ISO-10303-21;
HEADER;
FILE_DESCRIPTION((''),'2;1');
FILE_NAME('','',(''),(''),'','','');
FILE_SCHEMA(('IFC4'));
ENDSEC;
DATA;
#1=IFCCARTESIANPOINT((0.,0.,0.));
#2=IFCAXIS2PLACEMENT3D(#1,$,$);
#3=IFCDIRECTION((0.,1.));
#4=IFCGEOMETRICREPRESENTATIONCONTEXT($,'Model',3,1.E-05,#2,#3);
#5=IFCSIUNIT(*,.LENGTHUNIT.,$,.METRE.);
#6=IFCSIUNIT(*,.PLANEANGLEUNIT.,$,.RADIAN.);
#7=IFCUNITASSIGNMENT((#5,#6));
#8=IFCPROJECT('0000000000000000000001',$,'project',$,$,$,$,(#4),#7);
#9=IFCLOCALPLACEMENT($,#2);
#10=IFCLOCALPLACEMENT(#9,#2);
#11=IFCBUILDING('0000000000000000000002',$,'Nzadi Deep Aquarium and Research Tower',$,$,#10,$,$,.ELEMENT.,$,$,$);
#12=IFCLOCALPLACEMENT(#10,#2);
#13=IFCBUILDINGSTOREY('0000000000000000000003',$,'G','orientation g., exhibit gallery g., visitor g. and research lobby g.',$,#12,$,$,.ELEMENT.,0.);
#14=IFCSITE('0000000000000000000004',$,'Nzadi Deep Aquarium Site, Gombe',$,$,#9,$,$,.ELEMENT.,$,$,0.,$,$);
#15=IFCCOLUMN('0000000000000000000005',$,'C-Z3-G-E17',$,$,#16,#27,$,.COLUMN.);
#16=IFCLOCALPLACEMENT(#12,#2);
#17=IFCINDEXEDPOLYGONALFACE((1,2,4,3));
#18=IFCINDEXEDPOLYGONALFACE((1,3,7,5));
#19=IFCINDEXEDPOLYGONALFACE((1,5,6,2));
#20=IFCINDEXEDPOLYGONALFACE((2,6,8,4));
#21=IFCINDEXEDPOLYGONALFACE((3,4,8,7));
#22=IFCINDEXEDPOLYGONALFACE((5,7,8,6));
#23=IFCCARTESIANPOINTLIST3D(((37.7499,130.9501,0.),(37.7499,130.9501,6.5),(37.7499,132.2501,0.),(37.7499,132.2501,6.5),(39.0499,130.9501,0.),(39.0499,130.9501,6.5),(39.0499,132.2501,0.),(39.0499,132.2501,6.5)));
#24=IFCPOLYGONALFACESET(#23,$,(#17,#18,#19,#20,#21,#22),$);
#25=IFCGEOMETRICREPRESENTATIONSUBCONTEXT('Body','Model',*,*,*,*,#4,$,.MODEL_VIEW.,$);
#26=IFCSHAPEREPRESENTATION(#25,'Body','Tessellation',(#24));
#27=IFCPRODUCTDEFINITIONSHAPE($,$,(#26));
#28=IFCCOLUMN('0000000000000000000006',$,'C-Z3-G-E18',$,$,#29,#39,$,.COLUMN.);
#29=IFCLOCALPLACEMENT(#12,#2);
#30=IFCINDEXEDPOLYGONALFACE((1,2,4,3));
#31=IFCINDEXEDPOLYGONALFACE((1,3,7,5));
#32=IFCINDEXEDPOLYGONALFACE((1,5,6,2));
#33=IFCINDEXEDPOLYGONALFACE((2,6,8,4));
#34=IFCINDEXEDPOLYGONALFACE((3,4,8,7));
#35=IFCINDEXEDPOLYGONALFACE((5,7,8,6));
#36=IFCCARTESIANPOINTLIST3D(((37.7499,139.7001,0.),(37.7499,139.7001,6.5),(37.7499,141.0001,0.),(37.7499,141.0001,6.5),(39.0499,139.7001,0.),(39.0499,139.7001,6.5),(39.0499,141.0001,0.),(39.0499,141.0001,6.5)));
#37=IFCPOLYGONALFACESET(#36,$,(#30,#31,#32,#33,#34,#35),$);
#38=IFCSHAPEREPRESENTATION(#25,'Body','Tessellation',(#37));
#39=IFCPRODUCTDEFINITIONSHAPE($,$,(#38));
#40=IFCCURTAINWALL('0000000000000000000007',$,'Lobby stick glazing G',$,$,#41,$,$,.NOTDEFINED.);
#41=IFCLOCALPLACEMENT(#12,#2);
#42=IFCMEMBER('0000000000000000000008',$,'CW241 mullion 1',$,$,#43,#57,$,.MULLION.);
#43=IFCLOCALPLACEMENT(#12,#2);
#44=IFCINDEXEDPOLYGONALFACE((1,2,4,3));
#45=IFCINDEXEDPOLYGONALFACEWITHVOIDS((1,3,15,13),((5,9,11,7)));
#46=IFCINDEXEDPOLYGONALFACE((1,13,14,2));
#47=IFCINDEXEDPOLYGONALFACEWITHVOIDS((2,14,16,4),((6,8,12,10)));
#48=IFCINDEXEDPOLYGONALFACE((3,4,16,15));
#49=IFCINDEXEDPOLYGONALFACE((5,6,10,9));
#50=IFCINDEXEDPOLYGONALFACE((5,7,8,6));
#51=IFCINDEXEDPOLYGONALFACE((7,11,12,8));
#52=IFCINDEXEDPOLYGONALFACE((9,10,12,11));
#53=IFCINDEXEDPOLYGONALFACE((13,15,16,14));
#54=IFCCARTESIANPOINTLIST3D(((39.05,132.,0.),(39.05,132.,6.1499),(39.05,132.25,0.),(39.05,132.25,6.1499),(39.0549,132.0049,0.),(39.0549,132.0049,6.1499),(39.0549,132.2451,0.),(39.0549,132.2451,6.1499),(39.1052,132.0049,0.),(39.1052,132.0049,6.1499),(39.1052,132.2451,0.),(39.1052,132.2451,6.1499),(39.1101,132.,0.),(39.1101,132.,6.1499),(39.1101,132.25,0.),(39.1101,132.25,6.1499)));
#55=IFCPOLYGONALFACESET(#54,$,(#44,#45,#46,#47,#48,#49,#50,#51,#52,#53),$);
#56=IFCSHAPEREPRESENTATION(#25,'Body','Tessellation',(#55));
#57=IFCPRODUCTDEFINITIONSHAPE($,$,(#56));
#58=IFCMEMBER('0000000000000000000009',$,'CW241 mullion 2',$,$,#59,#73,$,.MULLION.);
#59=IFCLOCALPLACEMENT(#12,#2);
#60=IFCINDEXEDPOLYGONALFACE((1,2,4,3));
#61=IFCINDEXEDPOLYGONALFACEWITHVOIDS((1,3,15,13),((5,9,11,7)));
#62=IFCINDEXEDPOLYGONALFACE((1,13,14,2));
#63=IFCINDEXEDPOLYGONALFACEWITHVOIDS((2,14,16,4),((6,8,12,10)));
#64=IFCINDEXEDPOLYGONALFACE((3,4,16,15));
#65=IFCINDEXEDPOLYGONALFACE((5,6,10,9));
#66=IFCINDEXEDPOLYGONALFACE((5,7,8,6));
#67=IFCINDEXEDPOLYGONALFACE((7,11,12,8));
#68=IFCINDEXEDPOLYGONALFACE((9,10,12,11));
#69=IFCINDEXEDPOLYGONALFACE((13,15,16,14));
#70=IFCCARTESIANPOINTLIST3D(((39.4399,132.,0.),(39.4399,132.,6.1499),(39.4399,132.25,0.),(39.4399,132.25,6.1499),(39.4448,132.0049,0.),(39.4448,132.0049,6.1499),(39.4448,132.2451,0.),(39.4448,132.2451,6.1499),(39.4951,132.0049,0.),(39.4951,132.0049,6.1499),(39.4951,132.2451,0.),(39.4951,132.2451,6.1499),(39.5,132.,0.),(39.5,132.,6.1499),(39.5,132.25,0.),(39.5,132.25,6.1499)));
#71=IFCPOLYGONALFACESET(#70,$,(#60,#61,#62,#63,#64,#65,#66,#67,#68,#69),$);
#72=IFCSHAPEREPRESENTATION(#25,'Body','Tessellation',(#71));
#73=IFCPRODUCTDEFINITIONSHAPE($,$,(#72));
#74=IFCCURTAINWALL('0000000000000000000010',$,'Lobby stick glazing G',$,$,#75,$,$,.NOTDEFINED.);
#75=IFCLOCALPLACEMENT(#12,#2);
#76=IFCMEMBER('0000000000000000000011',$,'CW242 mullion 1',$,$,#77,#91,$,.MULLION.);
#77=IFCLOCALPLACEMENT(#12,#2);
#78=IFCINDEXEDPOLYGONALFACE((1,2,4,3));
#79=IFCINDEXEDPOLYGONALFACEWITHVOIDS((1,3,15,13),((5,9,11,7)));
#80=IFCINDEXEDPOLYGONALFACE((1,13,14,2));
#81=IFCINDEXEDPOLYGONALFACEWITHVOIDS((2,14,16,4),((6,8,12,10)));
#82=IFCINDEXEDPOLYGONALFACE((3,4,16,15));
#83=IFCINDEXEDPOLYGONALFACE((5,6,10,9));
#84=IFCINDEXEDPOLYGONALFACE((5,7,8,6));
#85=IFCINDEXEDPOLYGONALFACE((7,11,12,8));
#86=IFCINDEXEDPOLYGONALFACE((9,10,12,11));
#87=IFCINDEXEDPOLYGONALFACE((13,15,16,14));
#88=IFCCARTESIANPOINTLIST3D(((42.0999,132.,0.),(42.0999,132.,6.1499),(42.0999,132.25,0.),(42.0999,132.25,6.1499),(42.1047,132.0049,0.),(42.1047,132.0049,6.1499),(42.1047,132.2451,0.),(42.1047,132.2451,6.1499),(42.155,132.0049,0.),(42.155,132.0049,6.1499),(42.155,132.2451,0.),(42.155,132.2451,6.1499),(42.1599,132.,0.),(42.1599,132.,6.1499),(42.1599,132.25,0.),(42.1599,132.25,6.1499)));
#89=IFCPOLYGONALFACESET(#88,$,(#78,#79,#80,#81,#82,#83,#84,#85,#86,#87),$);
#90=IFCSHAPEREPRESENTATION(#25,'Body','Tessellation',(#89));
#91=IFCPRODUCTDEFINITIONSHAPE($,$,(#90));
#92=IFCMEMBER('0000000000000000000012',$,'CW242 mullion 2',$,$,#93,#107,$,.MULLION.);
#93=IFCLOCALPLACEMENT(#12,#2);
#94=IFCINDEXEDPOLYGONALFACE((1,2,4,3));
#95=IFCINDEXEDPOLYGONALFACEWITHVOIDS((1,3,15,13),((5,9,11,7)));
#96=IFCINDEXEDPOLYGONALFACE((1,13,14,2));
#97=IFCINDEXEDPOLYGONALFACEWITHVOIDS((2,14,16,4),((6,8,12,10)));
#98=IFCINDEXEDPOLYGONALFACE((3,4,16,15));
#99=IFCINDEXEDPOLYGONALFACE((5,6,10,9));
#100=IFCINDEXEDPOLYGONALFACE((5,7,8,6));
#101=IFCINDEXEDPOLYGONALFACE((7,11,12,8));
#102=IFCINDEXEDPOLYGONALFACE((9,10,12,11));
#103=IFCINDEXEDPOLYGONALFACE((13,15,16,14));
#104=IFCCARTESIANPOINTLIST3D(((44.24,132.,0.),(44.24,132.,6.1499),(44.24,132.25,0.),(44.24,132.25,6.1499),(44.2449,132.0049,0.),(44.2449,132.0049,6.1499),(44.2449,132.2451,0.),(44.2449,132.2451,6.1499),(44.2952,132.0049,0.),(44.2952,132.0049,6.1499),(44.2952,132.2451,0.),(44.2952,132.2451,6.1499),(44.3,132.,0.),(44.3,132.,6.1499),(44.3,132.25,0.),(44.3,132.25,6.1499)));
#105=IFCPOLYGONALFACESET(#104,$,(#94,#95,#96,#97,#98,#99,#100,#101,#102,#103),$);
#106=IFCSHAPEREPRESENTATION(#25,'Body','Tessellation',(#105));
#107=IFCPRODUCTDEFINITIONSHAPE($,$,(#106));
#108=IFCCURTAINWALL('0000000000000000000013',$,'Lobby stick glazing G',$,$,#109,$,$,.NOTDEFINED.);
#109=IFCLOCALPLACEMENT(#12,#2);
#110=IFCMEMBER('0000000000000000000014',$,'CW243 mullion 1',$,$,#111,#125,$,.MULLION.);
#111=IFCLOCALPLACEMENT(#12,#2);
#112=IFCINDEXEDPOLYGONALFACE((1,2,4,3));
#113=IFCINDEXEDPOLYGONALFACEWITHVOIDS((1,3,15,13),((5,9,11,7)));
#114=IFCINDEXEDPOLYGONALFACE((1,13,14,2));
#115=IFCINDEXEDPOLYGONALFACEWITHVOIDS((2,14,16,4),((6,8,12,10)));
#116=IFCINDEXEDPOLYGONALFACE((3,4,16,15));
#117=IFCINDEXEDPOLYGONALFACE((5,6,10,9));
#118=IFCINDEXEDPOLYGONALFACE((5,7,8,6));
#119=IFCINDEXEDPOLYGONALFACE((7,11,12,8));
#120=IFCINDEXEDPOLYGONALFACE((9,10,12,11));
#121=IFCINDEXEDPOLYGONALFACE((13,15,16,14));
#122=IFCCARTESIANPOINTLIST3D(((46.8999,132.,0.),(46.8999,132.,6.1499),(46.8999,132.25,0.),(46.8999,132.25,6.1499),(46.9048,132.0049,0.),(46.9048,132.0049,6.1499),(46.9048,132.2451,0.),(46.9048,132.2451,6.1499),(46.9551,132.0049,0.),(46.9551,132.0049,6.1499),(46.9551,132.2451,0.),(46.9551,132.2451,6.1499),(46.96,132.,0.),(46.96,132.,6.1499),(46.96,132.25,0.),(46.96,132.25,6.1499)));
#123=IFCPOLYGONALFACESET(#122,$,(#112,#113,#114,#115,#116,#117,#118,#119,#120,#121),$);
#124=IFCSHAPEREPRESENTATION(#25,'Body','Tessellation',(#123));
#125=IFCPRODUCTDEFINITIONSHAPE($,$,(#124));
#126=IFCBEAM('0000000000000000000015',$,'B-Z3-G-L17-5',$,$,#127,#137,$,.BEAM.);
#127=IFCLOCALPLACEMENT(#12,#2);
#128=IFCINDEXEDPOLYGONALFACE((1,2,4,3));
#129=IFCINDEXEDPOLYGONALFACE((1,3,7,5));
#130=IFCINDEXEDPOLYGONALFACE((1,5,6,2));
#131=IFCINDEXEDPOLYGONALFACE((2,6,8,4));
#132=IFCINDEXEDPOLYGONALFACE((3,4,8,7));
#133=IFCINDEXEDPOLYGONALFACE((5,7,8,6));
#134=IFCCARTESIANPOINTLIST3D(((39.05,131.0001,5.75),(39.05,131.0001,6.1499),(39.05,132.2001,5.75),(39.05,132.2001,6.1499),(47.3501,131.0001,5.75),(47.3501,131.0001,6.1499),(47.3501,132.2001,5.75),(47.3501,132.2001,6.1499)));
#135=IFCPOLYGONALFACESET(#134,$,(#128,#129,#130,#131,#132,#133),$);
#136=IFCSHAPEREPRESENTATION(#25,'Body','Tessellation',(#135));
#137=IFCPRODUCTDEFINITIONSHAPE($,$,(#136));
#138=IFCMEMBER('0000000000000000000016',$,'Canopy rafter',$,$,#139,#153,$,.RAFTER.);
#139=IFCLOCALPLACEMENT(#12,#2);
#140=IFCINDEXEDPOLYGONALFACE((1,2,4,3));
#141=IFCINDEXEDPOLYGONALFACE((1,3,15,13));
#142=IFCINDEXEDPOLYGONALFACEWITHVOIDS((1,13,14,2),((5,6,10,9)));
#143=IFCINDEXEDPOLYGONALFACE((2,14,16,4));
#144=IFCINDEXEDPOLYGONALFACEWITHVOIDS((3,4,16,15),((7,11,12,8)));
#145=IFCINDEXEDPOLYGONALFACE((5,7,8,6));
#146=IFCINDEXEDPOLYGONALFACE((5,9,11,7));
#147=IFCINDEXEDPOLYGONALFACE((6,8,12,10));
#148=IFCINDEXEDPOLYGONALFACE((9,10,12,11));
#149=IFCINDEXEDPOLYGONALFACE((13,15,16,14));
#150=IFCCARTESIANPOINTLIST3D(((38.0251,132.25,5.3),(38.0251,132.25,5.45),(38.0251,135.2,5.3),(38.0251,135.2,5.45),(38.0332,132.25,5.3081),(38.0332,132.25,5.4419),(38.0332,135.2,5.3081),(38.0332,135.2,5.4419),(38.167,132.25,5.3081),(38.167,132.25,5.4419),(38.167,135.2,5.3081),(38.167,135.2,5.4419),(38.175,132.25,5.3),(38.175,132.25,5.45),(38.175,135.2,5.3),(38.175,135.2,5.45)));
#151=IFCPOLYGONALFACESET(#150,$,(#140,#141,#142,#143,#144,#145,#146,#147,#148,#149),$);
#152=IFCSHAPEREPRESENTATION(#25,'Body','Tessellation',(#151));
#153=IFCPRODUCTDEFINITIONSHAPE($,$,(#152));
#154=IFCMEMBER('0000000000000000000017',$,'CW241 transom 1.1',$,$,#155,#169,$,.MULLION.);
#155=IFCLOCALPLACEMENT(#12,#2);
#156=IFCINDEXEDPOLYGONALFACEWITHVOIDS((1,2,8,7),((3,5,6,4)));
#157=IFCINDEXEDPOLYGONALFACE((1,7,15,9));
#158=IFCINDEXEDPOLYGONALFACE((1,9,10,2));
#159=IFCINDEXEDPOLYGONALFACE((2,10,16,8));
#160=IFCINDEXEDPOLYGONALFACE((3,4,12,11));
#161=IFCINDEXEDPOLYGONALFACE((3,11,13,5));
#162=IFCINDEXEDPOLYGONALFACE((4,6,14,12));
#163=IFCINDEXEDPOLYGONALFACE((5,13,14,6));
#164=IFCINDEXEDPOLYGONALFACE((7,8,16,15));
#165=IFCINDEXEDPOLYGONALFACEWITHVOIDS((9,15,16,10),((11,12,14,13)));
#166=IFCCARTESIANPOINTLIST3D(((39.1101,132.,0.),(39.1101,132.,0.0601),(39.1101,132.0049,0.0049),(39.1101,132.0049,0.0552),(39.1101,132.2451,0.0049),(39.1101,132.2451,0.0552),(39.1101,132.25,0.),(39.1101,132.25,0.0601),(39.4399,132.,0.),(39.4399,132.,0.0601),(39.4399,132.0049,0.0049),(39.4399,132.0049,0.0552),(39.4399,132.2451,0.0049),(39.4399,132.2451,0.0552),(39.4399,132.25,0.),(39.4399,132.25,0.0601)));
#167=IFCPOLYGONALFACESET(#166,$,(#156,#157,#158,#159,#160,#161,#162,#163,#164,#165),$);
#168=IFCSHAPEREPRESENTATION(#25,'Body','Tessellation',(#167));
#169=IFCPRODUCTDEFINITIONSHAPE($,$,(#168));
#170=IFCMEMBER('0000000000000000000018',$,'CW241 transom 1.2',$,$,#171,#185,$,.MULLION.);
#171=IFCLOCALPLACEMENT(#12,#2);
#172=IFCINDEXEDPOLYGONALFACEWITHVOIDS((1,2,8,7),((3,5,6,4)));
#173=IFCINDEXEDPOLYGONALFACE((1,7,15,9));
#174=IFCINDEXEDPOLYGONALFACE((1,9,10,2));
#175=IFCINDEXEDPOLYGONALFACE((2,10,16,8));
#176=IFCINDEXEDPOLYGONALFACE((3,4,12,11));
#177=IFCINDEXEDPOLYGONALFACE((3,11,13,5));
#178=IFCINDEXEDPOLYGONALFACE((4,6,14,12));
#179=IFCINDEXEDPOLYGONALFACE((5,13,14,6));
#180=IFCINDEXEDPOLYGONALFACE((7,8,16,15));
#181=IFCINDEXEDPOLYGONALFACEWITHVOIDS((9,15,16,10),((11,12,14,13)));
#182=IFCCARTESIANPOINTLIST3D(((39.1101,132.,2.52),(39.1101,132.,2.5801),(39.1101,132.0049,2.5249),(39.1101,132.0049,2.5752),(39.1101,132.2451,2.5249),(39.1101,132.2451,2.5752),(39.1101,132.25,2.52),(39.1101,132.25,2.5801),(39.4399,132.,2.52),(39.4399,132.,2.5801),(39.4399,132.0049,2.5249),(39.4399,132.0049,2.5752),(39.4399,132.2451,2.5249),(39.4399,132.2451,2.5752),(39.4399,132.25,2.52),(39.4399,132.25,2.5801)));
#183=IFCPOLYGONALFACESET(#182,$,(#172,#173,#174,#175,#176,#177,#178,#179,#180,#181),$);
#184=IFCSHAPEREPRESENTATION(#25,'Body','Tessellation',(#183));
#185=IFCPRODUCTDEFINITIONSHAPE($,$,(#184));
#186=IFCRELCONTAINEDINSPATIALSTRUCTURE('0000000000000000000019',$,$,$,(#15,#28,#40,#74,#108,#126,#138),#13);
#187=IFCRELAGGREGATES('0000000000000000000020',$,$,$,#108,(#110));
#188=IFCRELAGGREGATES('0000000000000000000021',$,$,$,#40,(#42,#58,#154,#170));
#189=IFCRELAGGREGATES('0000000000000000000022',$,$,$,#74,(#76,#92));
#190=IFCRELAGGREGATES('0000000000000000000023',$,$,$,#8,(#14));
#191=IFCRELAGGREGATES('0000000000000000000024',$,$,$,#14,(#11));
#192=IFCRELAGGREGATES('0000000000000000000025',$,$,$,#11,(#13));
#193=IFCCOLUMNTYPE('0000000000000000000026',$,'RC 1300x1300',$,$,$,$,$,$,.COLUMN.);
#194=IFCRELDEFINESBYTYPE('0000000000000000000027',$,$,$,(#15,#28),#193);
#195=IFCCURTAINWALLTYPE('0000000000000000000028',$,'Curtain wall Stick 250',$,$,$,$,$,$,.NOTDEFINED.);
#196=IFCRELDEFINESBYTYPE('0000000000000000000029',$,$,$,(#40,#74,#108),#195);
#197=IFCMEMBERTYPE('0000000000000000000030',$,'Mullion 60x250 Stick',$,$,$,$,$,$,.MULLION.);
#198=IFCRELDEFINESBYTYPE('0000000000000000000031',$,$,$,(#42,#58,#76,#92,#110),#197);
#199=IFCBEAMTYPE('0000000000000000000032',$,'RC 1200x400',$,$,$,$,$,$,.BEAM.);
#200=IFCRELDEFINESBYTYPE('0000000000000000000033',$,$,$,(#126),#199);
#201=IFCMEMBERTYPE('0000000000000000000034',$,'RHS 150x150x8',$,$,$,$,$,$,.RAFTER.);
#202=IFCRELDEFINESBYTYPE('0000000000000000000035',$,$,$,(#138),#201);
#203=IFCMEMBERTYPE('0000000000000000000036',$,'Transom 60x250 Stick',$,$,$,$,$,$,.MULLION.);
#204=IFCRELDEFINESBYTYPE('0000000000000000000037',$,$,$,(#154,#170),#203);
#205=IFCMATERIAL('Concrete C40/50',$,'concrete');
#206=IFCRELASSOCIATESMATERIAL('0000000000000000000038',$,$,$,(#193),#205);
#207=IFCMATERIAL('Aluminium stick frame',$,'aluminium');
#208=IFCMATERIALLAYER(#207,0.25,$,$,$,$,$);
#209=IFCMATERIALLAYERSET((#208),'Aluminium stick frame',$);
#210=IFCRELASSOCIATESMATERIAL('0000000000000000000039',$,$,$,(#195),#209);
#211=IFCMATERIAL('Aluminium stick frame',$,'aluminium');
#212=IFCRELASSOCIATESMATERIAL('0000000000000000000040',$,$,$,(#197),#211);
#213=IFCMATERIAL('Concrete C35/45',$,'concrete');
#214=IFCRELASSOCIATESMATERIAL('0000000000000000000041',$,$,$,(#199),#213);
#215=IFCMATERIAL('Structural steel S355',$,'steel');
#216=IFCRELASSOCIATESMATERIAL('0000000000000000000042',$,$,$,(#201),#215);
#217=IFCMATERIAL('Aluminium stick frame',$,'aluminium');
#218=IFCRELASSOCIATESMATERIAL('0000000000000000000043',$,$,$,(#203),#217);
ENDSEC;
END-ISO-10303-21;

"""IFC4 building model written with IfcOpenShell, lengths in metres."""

from ifc_helpers import new_model, si_unit, direction, frame, origin, origin_2d, place, context, subcontext, project, spatial, rectangle, hollow_rectangle, extrude, material, layer, layer_set, material_profile, profile_set, type_object, element, aggregate, save


model = new_model("IFC4")

# Units and contexts
model_context = context("Model", 3, precision=1e-05, world=origin(), true_north=direction((0.0, 1.0)))
body_context = subcontext(model_context, "Body", "Model", "MODEL_VIEW")
ifc_project = project(units=[si_unit("LENGTHUNIT", "METRE"), si_unit("PLANEANGLEUNIT", "RADIAN")], contexts=[model_context])

# Site, building, storey
site_placement = place(None, origin())
site = spatial("IfcSite", under=ifc_project, at=site_placement, Name="Nzadi Deep Aquarium Site, Gombe", CompositionType="ELEMENT", RefElevation=0.0)
building_placement = place(site_placement, origin())
building = spatial("IfcBuilding", under=site, at=building_placement, Name="Nzadi Deep Aquarium and Research Tower", CompositionType="ELEMENT")
storey_placement = place(building_placement, origin())
storey = spatial("IfcBuildingStorey", under=building, at=storey_placement, Name="G", Description="orientation g., exhibit gallery g., visitor g. and research lobby g.", CompositionType="ELEMENT", Elevation=0.0)

# Columns
ifc_material_1 = material(Name="Concrete C40/50", Category="concrete")
ifc_material_profile_1 = material_profile(ifc_material_1, rectangle(XDim=1.3, YDim=1.3, at=origin_2d()))
ifc_profile_set_1 = profile_set([ifc_material_profile_1], Name="Concrete C40/50")
column_type = type_object("IfcColumnType", Name="RC 1300x1300", PredefinedType="COLUMN", material=ifc_profile_set_1)
for number, where, z_axis, x_axis, name in (
    (1, (38.3999, 131.6001, 0.0), (0.0, 0.0, 1.0), (1.0, 0.0, 0.0), "C-Z3-G-E17"),
    (2, (38.3999, 140.3501, 0.0), (0.0, 0.0, 1.0), (1.0, 0.0, 0.0), "C-Z3-G-E18"),
):
    element("IfcColumn", number, at=place(storey_placement, frame(where, z_axis=z_axis, x_axis=x_axis)), inside=storey, type_object=column_type, Name=name, PredefinedType="COLUMN", context=body_context, shape_type="SweptSolid", body=[
        extrude(rectangle(XDim=1.3, YDim=1.3, at=origin_2d()), origin(), (0.0, 0.0, 1.0), 6.5),
    ])

# Curtain walls, members
ifc_material_2 = material(Name="Aluminium stick frame", Category="aluminium")
ifc_layer_1 = layer(ifc_material_2, 0.25)
ifc_layer_set_1 = layer_set([ifc_layer_1], Name="Aluminium stick frame")
curtain_wall_type = type_object("IfcCurtainWallType", Name="Curtain wall Stick 250", PredefinedType="NOTDEFINED", material=ifc_layer_set_1)
curtain_wall_1_placement = place(storey_placement, origin())
curtain_wall_1 = element("IfcCurtainWall", 3, at=curtain_wall_1_placement, inside=storey, type_object=curtain_wall_type, Name="Lobby stick glazing G", PredefinedType="NOTDEFINED")
ifc_material_3 = material(Name="Aluminium stick frame", Category="aluminium")
ifc_material_profile_2 = material_profile(ifc_material_3, hollow_rectangle(XDim=0.25, YDim=0.0601, WallThickness=0.0049, at=origin_2d()))
ifc_profile_set_2 = profile_set([ifc_material_profile_2], Name="Aluminium stick frame")
member_type_1 = type_object("IfcMemberType", Name="Mullion 60x250 Stick", PredefinedType="MULLION", material=ifc_profile_set_2)
member_1_placement = place(storey_placement, frame((39.0801, 132.125, 0.0), z_axis=(0.0, 0.0, 1.0), x_axis=(0.0, 1.0, 0.0)))
member_1 = element("IfcMember", 4, at=member_1_placement, type_object=member_type_1, Name="CW241 mullion 1", PredefinedType="MULLION", context=body_context, shape_type="SweptSolid", body=[
    extrude(hollow_rectangle(XDim=0.25, YDim=0.0601, WallThickness=0.0049, at=origin_2d()), origin(), (0.0, 0.0, 1.0), 6.1499),
])
member_2_placement = place(storey_placement, frame((39.47, 132.125, 0.0), z_axis=(0.0, 0.0, 1.0), x_axis=(0.0, 1.0, 0.0)))
member_2 = element("IfcMember", 5, at=member_2_placement, type_object=member_type_1, Name="CW241 mullion 2", PredefinedType="MULLION", context=body_context, shape_type="SweptSolid", body=[
    extrude(hollow_rectangle(XDim=0.25, YDim=0.0601, WallThickness=0.0049, at=origin_2d()), origin(), (0.0, 0.0, 1.0), 6.1499),
])
curtain_wall_2_placement = place(storey_placement, origin())
curtain_wall_2 = element("IfcCurtainWall", 6, at=curtain_wall_2_placement, inside=storey, type_object=curtain_wall_type, Name="Lobby stick glazing G", PredefinedType="NOTDEFINED")
member_3_placement = place(storey_placement, frame((42.1299, 132.125, 0.0), z_axis=(0.0, 0.0, 1.0), x_axis=(0.0, 1.0, 0.0)))
member_3 = element("IfcMember", 7, at=member_3_placement, type_object=member_type_1, Name="CW242 mullion 1", PredefinedType="MULLION", context=body_context, shape_type="SweptSolid", body=[
    extrude(hollow_rectangle(XDim=0.25, YDim=0.0601, WallThickness=0.0049, at=origin_2d()), origin(), (0.0, 0.0, 1.0), 6.1499),
])
member_4_placement = place(storey_placement, frame((44.27, 132.125, 0.0), z_axis=(0.0, 0.0, 1.0), x_axis=(0.0, 1.0, 0.0)))
member_4 = element("IfcMember", 8, at=member_4_placement, type_object=member_type_1, Name="CW242 mullion 2", PredefinedType="MULLION", context=body_context, shape_type="SweptSolid", body=[
    extrude(hollow_rectangle(XDim=0.25, YDim=0.0601, WallThickness=0.0049, at=origin_2d()), origin(), (0.0, 0.0, 1.0), 6.1499),
])

# Curtain wall, member
curtain_wall_3_placement = place(storey_placement, origin())
curtain_wall_3 = element("IfcCurtainWall", 9, at=curtain_wall_3_placement, inside=storey, type_object=curtain_wall_type, Name="Lobby stick glazing G", PredefinedType="NOTDEFINED")
member_5_placement = place(storey_placement, frame((46.9299, 132.125, 0.0), z_axis=(0.0, 0.0, 1.0), x_axis=(0.0, 1.0, 0.0)))
member_5 = element("IfcMember", 10, at=member_5_placement, type_object=member_type_1, Name="CW243 mullion 1", PredefinedType="MULLION", context=body_context, shape_type="SweptSolid", body=[
    extrude(hollow_rectangle(XDim=0.25, YDim=0.0601, WallThickness=0.0049, at=origin_2d()), origin(), (0.0, 0.0, 1.0), 6.1499),
])

# Beam
ifc_material_4 = material(Name="Concrete C35/45", Category="concrete")
ifc_material_profile_3 = material_profile(ifc_material_4, rectangle(XDim=1.2, YDim=0.3999, at=origin_2d()))
ifc_profile_set_3 = profile_set([ifc_material_profile_3], Name="Concrete C35/45")
beam_type = type_object("IfcBeamType", Name="RC 1200x400", PredefinedType="BEAM", material=ifc_profile_set_3)
beam_placement = place(storey_placement, frame((39.05, 131.6001, 5.95), z_axis=(1.0, 0.0, 0.0), x_axis=(0.0, 1.0, 0.0)))
element("IfcBeam", 11, at=beam_placement, inside=storey, type_object=beam_type, Name="B-Z3-G-L17-5", PredefinedType="BEAM", context=body_context, shape_type="SweptSolid", body=[
    extrude(rectangle(XDim=1.2, YDim=0.3999, at=origin_2d()), origin(), (0.0, 0.0, 1.0), 8.3),
])

# Members
ifc_material_5 = material(Name="Structural steel S355", Category="steel")
ifc_material_profile_4 = material_profile(ifc_material_5, hollow_rectangle(XDim=0.1499, YDim=0.1499, WallThickness=0.0081, at=origin_2d()))
ifc_profile_set_4 = profile_set([ifc_material_profile_4], Name="Structural steel S355")
member_type_2 = type_object("IfcMemberType", Name="RHS 150x150x8", PredefinedType="RAFTER", material=ifc_profile_set_4)
member_6_placement = place(storey_placement, frame((38.1001, 132.25, 5.375), z_axis=(0.0, 1.0, 0.0), x_axis=(-1.0, 0.0, 0.0)))
element("IfcMember", 12, at=member_6_placement, inside=storey, type_object=member_type_2, Name="Canopy rafter", PredefinedType="RAFTER", context=body_context, shape_type="SweptSolid", body=[
    extrude(hollow_rectangle(XDim=0.1499, YDim=0.1499, WallThickness=0.0081, at=origin_2d()), origin(), (0.0, 0.0, 1.0), 2.95),
])
ifc_material_6 = material(Name="Aluminium stick frame", Category="aluminium")
ifc_material_profile_5 = material_profile(ifc_material_6, hollow_rectangle(XDim=0.25, YDim=0.0601, WallThickness=0.0049, at=origin_2d()))
ifc_profile_set_5 = profile_set([ifc_material_profile_5], Name="Aluminium stick frame")
member_type_3 = type_object("IfcMemberType", Name="Transom 60x250 Stick", PredefinedType="MULLION", material=ifc_profile_set_5)
member_7_placement = place(storey_placement, frame((39.1101, 132.125, 0.03), z_axis=(1.0, 0.0, 0.0), x_axis=(0.0, 1.0, 0.0)))
member_7 = element("IfcMember", 13, at=member_7_placement, type_object=member_type_3, Name="CW241 transom 1.1", PredefinedType="MULLION", context=body_context, shape_type="SweptSolid", body=[
    extrude(hollow_rectangle(XDim=0.25, YDim=0.0601, WallThickness=0.0049, at=origin_2d()), origin(), (0.0, 0.0, 1.0), 0.3298),
])
member_8_placement = place(storey_placement, frame((39.1101, 132.125, 2.55), z_axis=(1.0, 0.0, 0.0), x_axis=(0.0, 1.0, 0.0)))
member_8 = element("IfcMember", 14, at=member_8_placement, type_object=member_type_3, Name="CW241 transom 1.2", PredefinedType="MULLION", context=body_context, shape_type="SweptSolid", body=[
    extrude(hollow_rectangle(XDim=0.25, YDim=0.0601, WallThickness=0.0049, at=origin_2d()), origin(), (0.0, 0.0, 1.0), 0.3298),
])
aggregate(curtain_wall_3, [member_5])

aggregate(curtain_wall_1, [member_1, member_2, member_7, member_8])
aggregate(curtain_wall_2, [member_3, member_4])

save(model, "model.ifc")
